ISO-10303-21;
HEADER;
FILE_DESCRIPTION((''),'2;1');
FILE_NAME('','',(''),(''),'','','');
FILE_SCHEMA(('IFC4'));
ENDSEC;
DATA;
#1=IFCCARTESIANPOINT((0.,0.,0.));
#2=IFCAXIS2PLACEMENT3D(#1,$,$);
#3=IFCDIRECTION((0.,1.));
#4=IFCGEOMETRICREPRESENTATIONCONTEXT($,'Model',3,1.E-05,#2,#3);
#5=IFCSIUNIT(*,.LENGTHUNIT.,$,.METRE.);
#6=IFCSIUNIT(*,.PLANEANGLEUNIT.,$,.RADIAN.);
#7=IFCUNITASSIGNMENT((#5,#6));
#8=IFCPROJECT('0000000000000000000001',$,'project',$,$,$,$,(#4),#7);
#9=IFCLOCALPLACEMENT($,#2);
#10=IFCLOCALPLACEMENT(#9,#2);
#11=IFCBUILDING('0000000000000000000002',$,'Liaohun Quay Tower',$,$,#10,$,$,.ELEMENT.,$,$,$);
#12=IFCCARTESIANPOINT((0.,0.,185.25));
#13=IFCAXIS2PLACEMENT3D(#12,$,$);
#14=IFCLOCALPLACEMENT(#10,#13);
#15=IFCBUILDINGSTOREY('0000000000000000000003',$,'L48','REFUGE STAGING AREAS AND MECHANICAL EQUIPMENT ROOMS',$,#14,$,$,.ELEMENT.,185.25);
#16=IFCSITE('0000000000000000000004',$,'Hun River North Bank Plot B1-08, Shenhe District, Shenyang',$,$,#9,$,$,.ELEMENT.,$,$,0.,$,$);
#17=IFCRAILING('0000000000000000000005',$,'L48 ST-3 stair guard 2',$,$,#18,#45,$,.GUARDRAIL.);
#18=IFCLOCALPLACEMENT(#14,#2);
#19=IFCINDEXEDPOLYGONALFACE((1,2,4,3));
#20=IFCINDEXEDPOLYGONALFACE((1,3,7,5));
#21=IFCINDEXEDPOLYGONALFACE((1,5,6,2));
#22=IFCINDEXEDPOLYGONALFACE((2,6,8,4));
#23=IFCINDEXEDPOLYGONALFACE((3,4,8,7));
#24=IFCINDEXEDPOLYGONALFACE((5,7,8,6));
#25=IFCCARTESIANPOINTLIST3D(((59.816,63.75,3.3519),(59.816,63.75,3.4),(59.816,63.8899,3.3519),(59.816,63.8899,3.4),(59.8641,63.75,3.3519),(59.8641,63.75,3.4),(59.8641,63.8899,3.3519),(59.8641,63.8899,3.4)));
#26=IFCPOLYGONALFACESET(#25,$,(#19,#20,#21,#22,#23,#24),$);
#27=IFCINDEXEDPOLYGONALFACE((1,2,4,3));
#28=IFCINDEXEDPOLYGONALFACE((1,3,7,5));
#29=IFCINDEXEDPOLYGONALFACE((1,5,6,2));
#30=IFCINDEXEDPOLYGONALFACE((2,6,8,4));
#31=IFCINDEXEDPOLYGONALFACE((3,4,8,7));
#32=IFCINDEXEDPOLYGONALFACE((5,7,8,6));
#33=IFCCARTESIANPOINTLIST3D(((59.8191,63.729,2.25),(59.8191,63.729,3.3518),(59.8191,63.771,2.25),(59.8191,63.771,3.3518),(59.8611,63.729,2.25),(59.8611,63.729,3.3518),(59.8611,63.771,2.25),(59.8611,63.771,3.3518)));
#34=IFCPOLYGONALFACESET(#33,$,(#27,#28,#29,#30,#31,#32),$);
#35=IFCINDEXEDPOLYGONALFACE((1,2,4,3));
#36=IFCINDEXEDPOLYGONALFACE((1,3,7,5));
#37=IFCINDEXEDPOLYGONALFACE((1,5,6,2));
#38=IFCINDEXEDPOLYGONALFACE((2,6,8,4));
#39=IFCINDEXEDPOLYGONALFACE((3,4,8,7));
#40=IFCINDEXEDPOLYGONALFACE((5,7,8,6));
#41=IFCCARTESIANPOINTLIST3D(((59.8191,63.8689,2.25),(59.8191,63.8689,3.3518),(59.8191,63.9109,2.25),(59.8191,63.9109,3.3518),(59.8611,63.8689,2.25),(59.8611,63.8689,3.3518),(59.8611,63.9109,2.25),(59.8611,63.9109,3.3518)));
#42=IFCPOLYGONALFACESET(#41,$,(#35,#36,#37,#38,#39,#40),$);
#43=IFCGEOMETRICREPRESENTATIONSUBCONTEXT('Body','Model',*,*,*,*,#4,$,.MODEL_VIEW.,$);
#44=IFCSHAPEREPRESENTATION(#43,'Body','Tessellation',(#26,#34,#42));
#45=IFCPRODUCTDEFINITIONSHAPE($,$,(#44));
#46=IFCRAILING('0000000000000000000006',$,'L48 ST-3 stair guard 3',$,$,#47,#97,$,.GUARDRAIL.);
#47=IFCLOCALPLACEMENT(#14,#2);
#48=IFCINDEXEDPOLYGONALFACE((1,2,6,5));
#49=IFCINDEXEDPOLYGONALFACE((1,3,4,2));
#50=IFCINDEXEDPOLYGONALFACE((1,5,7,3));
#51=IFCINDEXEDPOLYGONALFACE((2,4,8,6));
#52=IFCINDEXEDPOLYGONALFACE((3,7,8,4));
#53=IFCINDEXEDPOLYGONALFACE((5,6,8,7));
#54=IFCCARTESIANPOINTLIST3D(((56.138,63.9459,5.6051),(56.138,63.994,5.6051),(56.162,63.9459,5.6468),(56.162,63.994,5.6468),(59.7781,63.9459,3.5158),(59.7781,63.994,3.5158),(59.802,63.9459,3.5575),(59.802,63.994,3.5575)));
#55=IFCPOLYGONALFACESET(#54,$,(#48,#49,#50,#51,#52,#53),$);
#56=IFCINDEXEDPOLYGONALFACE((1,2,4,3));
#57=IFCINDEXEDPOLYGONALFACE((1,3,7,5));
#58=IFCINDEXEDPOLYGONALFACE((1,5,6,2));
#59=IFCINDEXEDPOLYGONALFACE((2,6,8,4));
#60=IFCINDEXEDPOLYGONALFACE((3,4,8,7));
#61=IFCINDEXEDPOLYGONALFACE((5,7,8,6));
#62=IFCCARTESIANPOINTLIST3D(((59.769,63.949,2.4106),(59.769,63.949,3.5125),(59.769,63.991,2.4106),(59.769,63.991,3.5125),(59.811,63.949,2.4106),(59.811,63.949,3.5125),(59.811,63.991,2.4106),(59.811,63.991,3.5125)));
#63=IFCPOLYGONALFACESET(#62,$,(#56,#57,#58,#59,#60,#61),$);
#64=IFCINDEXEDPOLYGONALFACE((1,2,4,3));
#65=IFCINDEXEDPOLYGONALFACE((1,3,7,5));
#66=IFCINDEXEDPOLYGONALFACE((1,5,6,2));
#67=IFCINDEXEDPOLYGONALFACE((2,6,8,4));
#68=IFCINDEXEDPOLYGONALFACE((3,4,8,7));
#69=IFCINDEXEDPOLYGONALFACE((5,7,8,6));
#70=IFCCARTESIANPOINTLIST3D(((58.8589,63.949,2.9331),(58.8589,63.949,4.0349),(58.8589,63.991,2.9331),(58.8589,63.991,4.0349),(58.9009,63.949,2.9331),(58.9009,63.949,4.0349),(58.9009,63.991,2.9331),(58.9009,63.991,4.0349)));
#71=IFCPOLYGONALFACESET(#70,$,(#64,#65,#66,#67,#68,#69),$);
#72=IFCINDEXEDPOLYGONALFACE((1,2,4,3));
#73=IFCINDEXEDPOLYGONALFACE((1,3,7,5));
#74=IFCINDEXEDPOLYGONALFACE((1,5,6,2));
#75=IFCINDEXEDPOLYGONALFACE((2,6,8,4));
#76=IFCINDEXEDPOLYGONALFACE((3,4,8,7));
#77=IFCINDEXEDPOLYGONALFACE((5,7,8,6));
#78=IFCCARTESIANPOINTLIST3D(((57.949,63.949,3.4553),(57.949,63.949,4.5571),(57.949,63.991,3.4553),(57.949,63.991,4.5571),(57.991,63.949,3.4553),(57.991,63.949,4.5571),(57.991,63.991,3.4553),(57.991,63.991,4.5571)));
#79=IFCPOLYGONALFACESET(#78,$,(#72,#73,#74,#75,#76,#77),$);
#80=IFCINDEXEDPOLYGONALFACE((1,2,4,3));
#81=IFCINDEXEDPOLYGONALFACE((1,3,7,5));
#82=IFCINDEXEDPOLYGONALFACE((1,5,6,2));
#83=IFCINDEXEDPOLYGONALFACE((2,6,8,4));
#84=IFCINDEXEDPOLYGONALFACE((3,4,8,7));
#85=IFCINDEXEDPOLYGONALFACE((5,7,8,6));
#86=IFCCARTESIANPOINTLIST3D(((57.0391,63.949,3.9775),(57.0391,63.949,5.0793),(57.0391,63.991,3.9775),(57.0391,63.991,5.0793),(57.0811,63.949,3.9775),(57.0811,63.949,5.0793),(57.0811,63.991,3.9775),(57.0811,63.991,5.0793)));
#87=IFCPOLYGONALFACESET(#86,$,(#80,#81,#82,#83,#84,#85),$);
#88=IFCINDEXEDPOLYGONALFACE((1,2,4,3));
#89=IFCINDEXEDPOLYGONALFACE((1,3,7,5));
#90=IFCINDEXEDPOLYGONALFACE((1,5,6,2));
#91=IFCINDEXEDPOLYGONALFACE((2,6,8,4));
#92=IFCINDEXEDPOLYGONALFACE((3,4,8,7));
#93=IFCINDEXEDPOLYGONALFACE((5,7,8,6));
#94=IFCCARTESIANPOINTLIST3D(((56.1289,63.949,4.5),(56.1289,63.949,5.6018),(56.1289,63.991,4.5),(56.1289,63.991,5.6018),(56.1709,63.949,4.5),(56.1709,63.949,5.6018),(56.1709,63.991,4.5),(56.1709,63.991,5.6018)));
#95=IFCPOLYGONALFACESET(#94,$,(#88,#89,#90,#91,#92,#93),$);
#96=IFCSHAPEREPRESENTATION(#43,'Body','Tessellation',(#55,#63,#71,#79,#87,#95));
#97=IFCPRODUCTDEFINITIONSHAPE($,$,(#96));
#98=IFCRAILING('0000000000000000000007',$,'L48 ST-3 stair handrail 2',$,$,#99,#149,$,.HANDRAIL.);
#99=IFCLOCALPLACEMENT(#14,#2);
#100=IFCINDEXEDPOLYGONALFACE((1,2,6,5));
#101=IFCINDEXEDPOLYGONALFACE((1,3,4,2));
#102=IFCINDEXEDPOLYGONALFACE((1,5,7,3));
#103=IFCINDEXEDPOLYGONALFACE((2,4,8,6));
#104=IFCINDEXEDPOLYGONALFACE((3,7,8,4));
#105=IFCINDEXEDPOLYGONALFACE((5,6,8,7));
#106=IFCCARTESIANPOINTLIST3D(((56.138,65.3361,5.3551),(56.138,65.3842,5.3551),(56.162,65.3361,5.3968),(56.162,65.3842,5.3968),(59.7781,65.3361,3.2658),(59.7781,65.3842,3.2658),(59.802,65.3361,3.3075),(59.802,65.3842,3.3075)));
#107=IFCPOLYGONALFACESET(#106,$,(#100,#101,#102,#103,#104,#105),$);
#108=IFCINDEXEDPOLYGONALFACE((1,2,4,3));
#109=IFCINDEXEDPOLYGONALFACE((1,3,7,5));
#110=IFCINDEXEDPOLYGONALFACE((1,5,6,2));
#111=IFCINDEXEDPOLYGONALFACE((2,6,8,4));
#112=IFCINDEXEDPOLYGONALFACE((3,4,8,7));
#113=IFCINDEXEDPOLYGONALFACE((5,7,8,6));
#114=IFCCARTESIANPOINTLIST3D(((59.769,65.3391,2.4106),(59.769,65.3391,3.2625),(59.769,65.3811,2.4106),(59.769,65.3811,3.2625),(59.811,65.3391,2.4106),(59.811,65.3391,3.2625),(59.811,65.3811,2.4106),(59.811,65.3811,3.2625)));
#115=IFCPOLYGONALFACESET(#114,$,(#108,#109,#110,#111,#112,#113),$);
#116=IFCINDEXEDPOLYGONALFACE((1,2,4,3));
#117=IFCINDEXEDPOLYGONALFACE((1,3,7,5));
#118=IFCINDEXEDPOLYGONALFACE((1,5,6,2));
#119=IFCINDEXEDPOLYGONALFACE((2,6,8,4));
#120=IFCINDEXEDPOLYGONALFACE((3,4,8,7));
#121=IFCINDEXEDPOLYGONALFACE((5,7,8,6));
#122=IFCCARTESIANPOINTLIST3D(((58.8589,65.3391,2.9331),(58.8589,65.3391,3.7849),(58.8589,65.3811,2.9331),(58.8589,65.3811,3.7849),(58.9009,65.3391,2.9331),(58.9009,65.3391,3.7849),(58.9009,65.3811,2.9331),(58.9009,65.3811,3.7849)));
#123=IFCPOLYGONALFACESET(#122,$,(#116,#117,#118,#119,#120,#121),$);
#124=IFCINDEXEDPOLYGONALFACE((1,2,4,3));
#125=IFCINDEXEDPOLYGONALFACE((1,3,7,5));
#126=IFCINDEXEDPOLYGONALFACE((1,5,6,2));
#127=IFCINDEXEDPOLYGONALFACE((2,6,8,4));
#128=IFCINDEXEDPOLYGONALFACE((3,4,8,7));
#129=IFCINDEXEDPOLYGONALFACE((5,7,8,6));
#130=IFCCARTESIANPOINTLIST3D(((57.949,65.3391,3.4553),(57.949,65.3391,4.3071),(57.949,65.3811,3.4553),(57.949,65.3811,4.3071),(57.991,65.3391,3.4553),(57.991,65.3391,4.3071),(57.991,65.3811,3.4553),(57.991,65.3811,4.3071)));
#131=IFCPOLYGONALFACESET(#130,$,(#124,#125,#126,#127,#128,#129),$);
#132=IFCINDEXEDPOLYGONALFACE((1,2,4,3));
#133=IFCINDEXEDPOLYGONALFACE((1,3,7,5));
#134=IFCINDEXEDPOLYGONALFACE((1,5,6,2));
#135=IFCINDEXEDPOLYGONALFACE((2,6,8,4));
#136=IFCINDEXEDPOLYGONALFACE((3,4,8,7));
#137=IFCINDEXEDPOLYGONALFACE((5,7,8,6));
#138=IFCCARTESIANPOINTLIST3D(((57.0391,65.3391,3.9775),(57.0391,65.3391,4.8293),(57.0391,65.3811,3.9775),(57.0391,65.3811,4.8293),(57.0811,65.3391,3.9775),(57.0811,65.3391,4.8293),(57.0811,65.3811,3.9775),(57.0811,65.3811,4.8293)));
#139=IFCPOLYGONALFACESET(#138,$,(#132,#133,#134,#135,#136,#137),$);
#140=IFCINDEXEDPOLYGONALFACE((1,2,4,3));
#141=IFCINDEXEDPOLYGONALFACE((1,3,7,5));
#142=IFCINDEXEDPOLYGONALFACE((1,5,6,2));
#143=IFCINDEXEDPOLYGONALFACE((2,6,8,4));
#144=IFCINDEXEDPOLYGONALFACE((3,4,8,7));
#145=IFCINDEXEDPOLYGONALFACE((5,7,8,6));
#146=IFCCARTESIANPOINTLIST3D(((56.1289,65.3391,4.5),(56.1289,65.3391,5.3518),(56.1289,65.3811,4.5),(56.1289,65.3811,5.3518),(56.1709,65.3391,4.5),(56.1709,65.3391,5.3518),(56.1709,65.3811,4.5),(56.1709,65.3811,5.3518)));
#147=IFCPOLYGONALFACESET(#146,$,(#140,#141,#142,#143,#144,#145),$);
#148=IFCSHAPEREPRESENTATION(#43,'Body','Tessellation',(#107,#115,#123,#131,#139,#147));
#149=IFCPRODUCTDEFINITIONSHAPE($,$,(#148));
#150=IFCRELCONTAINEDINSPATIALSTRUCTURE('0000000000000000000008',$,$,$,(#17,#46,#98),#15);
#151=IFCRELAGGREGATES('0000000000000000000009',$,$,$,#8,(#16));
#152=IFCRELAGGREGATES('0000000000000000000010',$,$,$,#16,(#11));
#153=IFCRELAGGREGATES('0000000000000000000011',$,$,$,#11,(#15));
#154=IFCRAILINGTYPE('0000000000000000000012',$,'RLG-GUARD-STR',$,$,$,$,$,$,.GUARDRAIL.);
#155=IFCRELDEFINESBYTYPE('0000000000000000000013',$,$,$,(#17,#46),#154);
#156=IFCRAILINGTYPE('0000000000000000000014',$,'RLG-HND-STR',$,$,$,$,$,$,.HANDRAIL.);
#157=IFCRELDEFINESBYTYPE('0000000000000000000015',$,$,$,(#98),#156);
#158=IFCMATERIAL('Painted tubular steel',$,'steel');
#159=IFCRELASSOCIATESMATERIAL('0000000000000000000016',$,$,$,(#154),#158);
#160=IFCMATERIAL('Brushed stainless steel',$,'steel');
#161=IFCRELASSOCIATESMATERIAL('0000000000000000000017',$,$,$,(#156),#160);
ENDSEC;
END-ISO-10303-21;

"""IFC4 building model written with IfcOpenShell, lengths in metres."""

from ifc_helpers import new_model, si_unit, direction, frame, origin, origin_2d, place, context, subcontext, project, spatial, rectangle, extrude, material, type_object, element, save


model = new_model("IFC4")

# Units and contexts
model_context = context("Model", 3, precision=1e-05, world=origin(), true_north=direction((0.0, 1.0)))
body_context = subcontext(model_context, "Body", "Model", "MODEL_VIEW")
ifc_project = project(units=[si_unit("LENGTHUNIT", "METRE"), si_unit("PLANEANGLEUNIT", "RADIAN")], contexts=[model_context])

# Site, building, storey
site_placement = place(None, origin())
site = spatial("IfcSite", under=ifc_project, at=site_placement, Name="Hun River North Bank Plot B1-08, Shenhe District, Shenyang", CompositionType="ELEMENT", RefElevation=0.0)
building_placement = place(site_placement, origin())
building = spatial("IfcBuilding", under=site, at=building_placement, Name="Liaohun Quay Tower", CompositionType="ELEMENT")
storey_placement = place(building_placement, frame((0.0, 0.0, 185.25)))
storey = spatial("IfcBuildingStorey", under=building, at=storey_placement, Name="L48", Description="REFUGE STAGING AREAS AND MECHANICAL EQUIPMENT ROOMS", CompositionType="ELEMENT", Elevation=185.25)

# Railings
ifc_material_1 = material(Name="Painted tubular steel", Category="steel")
railing_type_1 = type_object("IfcRailingType", Name="RLG-GUARD-STR", PredefinedType="GUARDRAIL", material=ifc_material_1)
railing_1_placement = place(storey_placement, frame((59.8401, 63.75, 2.25)))
element("IfcRailing", 1, at=railing_1_placement, inside=storey, type_object=railing_type_1, Name="L48 ST-3 stair guard 2", PredefinedType="GUARDRAIL", context=body_context, shape_type="SweptSolid", body=[
    extrude(rectangle(XDim=0.0481, YDim=0.0481, at=origin_2d()), frame((0.0, 0.0, 1.126), z_axis=(0.0, 1.0, 0.0), x_axis=(-1.0, 0.0, 0.0)), (0.0, 0.0, 1.0), 0.1399),
    extrude(rectangle(XDim=0.042, YDim=0.042, at=origin_2d()), origin(), (0.0, 0.0, 1.0), 1.1018),
    extrude(rectangle(XDim=0.042, YDim=0.042, at=origin_2d()), frame((0.0, 0.1399, 0.0)), (0.0, 0.0, 1.0), 1.1018),
])
railing_2_placement = place(storey_placement, frame((59.79, 63.97, 2.4106)))
element("IfcRailing", 2, at=railing_2_placement, inside=storey, type_object=railing_type_1, Name="L48 ST-3 stair guard 3", PredefinedType="GUARDRAIL", context=body_context, shape_type="SweptSolid", body=[
    extrude(rectangle(XDim=0.0481, YDim=0.0481, at=origin_2d()), frame((0.0, 0.0, 1.126), z_axis=(-0.867289, 0.0, 0.497804), x_axis=(0.0, -1.0, 0.0)), (0.0, 0.0, 1.0), 4.197),
    extrude(rectangle(XDim=0.042, YDim=0.042, at=origin_2d()), origin(), (0.0, 0.0, 1.0), 1.1018),
    extrude(rectangle(XDim=0.042, YDim=0.042, at=origin_2d()), frame((-0.9102, 0.0, 0.5225)), (0.0, 0.0, 1.0), 1.1018),
    extrude(rectangle(XDim=0.042, YDim=0.042, at=origin_2d()), frame((-1.8201, 0.0, 1.0447)), (0.0, 0.0, 1.0), 1.1018),
    extrude(rectangle(XDim=0.042, YDim=0.042, at=origin_2d()), frame((-2.73, 0.0, 1.5669)), (0.0, 0.0, 1.0), 1.1018),
    extrude(rectangle(XDim=0.042, YDim=0.042, at=origin_2d()), frame((-3.6401, 0.0, 2.0894)), (0.0, 0.0, 1.0), 1.1018),
])
ifc_material_2 = material(Name="Brushed stainless steel", Category="steel")
railing_type_2 = type_object("IfcRailingType", Name="RLG-HND-STR", PredefinedType="HANDRAIL", material=ifc_material_2)
railing_3_placement = place(storey_placement, frame((59.79, 65.3601, 2.4106)))
element("IfcRailing", 3, at=railing_3_placement, inside=storey, type_object=railing_type_2, Name="L48 ST-3 stair handrail 2", PredefinedType="HANDRAIL", context=body_context, shape_type="SweptSolid", body=[
    extrude(rectangle(XDim=0.0481, YDim=0.0481, at=origin_2d()), frame((0.0, 0.0, 0.876), z_axis=(-0.867289, 0.0, 0.497804), x_axis=(0.0, -1.0, 0.0)), (0.0, 0.0, 1.0), 4.197),
    extrude(rectangle(XDim=0.042, YDim=0.042, at=origin_2d()), origin(), (0.0, 0.0, 1.0), 0.8518),
    extrude(rectangle(XDim=0.042, YDim=0.042, at=origin_2d()), frame((-0.9102, 0.0, 0.5225)), (0.0, 0.0, 1.0), 0.8518),
    extrude(rectangle(XDim=0.042, YDim=0.042, at=origin_2d()), frame((-1.8201, 0.0, 1.0447)), (0.0, 0.0, 1.0), 0.8518),
    extrude(rectangle(XDim=0.042, YDim=0.042, at=origin_2d()), frame((-2.73, 0.0, 1.5669)), (0.0, 0.0, 1.0), 0.8518),
    extrude(rectangle(XDim=0.042, YDim=0.042, at=origin_2d()), frame((-3.6401, 0.0, 2.0894)), (0.0, 0.0, 1.0), 0.8518),
])

save(model, "model.ifc")
